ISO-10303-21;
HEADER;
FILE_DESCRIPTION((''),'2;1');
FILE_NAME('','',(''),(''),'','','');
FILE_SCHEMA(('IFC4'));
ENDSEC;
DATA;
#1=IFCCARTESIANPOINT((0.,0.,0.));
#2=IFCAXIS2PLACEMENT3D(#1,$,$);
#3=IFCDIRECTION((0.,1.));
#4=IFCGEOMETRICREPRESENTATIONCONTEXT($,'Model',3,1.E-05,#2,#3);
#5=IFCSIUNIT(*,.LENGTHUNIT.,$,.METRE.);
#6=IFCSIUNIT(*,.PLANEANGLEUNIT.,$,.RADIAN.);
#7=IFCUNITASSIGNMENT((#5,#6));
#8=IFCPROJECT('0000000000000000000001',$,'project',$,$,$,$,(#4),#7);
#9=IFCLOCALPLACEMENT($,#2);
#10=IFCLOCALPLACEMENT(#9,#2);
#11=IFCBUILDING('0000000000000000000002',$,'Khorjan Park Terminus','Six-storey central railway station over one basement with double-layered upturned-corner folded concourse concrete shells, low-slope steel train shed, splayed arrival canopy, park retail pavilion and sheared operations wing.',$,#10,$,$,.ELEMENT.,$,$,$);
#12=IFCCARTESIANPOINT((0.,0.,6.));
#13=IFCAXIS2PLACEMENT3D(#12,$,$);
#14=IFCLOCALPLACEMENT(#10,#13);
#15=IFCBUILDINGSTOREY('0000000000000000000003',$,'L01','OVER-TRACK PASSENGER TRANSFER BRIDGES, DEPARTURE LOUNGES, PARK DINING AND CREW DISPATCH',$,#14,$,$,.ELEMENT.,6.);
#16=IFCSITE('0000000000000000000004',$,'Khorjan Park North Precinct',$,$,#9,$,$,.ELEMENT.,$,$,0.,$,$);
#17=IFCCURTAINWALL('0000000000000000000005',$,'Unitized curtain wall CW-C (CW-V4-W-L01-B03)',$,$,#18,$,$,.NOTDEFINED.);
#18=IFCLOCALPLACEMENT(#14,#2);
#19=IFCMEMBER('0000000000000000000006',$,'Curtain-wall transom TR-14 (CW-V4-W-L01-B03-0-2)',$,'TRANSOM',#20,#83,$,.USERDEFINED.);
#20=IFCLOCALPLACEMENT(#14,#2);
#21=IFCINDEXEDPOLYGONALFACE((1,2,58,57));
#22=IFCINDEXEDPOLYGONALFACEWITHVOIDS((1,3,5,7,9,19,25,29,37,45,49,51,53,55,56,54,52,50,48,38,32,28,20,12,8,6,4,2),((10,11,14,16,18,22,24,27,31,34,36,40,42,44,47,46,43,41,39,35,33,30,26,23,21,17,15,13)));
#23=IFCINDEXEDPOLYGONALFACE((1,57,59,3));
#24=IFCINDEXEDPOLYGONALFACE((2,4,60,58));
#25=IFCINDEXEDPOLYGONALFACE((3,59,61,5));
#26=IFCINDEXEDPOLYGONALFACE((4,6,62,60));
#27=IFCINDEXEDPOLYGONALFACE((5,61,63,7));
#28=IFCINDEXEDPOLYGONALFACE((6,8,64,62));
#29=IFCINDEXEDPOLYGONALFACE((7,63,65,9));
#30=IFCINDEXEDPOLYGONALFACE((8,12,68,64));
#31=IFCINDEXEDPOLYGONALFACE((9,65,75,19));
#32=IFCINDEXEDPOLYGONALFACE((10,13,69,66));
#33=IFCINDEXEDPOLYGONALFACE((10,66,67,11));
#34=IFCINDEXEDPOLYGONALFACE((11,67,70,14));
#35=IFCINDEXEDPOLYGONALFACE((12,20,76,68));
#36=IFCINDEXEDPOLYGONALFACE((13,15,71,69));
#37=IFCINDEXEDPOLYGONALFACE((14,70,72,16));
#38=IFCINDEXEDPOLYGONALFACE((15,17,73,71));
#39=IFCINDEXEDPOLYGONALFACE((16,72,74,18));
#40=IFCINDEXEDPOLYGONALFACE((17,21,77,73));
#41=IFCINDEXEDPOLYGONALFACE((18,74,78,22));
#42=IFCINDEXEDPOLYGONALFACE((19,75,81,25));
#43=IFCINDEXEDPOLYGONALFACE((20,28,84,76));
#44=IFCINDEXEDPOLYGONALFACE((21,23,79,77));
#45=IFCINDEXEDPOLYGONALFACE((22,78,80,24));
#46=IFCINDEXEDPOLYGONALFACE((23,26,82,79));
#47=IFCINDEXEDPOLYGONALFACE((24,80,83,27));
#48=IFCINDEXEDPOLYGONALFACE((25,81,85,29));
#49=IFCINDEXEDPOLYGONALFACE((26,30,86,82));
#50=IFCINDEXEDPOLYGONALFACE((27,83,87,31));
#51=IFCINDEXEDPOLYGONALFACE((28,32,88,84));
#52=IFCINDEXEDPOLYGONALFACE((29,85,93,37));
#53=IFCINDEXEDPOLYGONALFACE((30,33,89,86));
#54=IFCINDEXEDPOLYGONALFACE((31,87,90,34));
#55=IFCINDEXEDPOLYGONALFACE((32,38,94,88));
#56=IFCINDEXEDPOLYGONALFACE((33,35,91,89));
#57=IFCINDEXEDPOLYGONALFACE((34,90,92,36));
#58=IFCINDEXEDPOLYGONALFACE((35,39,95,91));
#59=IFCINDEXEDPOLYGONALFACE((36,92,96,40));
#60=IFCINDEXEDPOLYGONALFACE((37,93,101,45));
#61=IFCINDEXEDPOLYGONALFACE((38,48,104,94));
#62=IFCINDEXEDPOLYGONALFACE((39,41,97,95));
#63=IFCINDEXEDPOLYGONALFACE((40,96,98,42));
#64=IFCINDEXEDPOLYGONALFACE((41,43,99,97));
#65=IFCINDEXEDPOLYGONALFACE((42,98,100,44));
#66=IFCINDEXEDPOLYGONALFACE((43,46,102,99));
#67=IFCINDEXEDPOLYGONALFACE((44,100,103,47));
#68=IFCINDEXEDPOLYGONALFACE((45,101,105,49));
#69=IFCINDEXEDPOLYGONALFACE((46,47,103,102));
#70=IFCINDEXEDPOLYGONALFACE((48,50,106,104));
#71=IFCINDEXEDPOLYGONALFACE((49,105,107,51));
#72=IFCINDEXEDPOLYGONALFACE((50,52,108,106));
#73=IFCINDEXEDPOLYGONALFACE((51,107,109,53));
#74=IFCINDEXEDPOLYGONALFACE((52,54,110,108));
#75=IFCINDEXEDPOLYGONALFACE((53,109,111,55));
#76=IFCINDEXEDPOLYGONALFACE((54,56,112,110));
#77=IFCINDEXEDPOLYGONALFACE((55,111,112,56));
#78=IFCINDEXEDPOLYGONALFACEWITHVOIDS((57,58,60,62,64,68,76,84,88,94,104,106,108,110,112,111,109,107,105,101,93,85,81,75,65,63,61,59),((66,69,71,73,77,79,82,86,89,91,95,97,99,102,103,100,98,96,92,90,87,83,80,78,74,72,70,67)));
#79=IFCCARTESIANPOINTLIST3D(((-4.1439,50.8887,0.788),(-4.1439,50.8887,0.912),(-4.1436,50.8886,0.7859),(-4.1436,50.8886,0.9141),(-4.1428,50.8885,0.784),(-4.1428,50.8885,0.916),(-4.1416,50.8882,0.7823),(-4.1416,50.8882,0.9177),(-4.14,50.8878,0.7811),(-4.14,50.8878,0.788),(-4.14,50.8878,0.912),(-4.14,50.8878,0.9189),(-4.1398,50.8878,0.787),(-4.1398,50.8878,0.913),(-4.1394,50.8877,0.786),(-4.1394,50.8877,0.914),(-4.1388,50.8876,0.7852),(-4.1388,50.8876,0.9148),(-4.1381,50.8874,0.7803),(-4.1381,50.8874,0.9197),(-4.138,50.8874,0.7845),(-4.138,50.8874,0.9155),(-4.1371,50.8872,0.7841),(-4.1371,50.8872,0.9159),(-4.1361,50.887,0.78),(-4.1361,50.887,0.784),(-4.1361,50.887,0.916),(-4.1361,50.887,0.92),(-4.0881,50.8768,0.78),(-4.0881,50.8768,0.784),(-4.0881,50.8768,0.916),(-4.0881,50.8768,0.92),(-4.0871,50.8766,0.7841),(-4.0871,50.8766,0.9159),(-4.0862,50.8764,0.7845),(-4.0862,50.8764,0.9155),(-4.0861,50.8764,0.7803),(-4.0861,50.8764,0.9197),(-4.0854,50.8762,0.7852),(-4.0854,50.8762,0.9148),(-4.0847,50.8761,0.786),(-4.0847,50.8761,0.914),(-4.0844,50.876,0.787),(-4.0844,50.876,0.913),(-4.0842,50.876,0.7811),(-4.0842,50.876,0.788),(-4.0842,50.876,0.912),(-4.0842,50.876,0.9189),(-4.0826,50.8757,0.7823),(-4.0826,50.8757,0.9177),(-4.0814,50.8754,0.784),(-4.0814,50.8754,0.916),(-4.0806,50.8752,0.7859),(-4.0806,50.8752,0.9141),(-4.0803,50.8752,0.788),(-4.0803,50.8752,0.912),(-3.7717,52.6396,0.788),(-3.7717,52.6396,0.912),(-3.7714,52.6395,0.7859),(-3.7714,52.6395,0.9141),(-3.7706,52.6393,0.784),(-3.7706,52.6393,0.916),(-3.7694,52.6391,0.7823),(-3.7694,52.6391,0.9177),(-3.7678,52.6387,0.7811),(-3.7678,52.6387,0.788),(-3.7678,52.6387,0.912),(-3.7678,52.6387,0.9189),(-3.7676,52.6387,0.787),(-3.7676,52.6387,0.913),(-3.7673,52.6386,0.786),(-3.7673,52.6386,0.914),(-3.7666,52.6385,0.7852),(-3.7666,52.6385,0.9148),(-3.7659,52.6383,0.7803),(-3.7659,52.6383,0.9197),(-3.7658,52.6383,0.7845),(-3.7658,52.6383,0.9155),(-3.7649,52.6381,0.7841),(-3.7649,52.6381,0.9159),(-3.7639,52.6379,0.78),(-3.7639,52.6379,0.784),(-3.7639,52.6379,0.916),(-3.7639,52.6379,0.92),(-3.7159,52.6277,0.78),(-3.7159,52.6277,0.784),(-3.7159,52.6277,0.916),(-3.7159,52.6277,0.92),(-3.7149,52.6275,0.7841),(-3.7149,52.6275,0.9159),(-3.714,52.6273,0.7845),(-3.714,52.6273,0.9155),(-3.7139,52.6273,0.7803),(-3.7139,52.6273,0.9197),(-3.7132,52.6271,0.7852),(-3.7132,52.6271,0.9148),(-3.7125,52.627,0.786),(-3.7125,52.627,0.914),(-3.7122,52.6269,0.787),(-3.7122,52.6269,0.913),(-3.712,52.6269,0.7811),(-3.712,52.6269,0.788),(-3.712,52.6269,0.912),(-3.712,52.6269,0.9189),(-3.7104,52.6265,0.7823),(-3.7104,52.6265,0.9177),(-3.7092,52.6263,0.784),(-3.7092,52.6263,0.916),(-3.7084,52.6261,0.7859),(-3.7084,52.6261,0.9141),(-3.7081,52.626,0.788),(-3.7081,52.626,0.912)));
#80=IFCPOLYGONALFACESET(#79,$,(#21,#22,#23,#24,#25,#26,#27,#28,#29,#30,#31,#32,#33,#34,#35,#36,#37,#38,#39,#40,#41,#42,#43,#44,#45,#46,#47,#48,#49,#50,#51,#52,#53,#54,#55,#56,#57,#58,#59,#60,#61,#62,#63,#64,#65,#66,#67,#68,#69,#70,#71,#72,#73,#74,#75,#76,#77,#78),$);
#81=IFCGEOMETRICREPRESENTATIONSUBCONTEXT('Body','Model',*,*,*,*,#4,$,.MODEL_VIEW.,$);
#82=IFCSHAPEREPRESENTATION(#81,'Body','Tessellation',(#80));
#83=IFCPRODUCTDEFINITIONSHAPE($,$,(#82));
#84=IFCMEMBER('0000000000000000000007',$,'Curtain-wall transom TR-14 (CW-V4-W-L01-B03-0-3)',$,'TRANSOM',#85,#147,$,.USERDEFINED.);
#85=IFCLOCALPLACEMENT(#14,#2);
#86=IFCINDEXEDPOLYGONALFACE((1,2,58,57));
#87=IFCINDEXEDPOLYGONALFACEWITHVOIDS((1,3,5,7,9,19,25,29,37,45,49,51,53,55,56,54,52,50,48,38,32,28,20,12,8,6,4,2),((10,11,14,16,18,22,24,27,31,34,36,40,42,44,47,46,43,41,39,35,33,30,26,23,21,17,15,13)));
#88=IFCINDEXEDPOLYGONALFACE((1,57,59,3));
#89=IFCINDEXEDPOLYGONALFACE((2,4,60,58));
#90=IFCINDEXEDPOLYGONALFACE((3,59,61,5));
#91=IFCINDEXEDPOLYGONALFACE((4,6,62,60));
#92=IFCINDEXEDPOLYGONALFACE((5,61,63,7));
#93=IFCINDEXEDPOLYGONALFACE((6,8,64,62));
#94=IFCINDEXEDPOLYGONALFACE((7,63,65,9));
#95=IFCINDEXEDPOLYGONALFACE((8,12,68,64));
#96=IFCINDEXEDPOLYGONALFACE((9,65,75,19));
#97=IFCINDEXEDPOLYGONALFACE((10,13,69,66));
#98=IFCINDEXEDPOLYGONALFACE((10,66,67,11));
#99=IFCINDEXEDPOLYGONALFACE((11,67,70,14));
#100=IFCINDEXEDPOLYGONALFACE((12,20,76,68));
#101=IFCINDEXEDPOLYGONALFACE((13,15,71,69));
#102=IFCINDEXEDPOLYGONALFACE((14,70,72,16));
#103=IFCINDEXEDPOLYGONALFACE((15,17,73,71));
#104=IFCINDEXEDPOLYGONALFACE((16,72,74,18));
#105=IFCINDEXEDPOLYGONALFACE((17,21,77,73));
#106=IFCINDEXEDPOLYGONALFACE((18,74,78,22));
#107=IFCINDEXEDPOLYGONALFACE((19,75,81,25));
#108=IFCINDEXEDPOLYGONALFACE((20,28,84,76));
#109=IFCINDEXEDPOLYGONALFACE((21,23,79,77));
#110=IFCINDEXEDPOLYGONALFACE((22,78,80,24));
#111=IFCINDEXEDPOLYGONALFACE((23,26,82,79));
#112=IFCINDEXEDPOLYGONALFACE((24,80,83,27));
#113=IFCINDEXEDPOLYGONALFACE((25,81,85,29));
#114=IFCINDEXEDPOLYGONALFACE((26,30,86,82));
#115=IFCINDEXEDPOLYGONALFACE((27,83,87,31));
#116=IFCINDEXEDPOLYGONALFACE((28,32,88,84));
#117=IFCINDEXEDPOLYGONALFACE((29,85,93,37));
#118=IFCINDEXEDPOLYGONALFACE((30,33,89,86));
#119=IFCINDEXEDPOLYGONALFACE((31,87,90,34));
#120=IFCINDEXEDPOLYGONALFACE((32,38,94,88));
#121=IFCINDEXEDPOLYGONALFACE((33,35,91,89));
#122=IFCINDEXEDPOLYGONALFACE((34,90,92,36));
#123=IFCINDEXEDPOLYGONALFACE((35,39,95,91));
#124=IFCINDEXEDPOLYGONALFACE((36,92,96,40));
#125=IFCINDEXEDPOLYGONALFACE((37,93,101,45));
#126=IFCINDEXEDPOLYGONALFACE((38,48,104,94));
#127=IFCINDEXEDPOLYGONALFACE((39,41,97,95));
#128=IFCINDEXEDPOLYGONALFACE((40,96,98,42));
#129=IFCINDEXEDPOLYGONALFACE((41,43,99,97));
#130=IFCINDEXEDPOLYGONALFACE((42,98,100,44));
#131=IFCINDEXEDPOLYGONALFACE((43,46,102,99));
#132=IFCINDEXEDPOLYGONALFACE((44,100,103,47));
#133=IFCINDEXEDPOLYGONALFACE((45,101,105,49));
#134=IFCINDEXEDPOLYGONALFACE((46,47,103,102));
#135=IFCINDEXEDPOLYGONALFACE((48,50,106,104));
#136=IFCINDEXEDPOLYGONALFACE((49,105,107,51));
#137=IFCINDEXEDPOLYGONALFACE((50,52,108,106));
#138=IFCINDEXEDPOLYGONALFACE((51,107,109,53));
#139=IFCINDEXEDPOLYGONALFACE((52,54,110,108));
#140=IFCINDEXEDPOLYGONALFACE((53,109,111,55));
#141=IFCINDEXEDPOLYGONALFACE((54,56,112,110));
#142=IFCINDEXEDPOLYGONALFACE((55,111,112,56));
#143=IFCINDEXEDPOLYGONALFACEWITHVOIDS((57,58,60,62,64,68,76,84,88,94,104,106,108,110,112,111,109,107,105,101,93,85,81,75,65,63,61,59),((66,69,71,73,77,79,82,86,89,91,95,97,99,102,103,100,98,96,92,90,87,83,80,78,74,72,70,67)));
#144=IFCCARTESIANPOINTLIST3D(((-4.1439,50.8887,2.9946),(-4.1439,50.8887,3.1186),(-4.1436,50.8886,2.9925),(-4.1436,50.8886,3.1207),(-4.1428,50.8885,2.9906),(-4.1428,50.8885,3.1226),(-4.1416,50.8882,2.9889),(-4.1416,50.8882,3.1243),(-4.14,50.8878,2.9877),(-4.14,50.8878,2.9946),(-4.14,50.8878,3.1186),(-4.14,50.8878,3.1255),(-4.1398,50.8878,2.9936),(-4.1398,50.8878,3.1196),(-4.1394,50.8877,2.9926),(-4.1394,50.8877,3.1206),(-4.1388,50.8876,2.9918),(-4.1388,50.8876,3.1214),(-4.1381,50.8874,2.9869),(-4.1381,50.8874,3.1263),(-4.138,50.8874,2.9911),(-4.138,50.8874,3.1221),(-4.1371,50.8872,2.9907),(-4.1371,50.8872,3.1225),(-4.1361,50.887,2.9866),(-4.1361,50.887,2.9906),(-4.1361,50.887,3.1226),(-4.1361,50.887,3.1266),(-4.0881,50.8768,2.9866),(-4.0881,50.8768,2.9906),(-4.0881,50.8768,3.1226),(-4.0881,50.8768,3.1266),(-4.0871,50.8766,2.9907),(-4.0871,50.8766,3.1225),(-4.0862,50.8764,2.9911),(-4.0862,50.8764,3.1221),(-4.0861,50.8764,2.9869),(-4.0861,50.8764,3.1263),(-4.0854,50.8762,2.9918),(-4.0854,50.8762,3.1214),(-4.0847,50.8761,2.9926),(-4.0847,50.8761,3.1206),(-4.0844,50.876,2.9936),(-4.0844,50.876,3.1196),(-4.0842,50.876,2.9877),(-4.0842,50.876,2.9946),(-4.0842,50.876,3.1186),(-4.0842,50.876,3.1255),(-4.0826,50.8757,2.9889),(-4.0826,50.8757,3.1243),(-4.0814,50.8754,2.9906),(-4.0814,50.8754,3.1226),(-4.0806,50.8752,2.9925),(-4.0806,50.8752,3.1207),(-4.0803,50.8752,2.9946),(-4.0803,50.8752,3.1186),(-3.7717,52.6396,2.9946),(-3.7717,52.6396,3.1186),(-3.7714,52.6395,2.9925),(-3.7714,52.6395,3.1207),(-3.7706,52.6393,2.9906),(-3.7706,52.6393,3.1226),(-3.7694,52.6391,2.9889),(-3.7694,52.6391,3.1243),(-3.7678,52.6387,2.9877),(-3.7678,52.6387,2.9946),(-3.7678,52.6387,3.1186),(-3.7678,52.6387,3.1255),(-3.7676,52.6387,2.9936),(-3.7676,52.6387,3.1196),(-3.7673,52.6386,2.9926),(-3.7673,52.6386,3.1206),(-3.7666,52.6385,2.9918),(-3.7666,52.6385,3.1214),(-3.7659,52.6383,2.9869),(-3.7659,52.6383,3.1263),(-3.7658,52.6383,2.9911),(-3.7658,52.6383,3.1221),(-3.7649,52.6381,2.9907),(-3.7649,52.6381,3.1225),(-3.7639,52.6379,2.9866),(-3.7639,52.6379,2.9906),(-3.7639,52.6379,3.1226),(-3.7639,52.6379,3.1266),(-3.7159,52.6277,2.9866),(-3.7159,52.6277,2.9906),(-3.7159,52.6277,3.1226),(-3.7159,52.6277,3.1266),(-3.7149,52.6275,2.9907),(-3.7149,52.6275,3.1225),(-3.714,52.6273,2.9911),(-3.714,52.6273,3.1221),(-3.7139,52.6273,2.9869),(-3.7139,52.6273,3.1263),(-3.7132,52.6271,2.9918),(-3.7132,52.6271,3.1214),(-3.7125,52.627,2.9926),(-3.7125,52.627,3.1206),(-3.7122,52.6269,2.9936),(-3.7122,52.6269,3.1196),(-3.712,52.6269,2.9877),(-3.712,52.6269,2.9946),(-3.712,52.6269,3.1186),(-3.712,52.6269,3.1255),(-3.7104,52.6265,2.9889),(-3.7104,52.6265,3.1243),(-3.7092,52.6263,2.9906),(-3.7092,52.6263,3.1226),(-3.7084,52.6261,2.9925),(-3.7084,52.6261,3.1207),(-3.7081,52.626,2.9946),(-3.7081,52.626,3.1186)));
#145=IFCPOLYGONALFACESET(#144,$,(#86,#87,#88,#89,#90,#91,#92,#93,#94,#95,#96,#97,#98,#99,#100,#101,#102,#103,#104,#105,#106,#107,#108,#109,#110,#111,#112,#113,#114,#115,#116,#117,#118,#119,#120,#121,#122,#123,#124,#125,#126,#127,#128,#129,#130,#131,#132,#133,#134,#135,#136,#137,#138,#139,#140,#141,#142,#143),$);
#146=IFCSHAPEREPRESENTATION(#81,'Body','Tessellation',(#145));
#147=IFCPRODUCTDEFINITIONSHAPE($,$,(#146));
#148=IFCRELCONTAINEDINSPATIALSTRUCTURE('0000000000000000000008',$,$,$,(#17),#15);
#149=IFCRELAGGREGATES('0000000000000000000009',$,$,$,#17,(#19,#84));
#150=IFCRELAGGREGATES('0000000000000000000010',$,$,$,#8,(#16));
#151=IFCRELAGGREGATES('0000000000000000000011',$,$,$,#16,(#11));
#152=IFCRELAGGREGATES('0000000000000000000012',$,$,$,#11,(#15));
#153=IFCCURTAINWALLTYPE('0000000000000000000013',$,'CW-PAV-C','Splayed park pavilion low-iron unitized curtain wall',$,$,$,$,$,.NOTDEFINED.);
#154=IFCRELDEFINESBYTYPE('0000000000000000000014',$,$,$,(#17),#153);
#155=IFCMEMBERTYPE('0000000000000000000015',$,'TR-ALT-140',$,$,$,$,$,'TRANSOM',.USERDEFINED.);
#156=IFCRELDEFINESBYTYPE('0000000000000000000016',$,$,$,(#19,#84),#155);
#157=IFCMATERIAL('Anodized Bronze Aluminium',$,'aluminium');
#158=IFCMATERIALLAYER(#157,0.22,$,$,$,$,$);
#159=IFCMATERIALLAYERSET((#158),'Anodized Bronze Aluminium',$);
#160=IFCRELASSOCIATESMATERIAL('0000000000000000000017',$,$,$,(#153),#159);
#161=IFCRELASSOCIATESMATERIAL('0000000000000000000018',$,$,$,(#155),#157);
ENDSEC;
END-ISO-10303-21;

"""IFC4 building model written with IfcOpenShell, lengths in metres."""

from ifc_helpers import new_model, si_unit, direction, frame, origin, origin_2d, place, context, subcontext, project, spatial, hollow_rectangle, extrude, material, layer, layer_set, material_profile, profile_set, type_object, element, aggregate, save


model = new_model("IFC4")

# Units and contexts
model_context = context("Model", 3, precision=1e-05, world=origin(), true_north=direction((0.0, 1.0)))
body_context = subcontext(model_context, "Body", "Model", "MODEL_VIEW")
ifc_project = project(units=[si_unit("LENGTHUNIT", "METRE"), si_unit("PLANEANGLEUNIT", "RADIAN")], contexts=[model_context])

# Site, building, storey
site_placement = place(None, origin())
site = spatial("IfcSite", under=ifc_project, at=site_placement, Name="Khorjan Park North Precinct", CompositionType="ELEMENT", RefElevation=0.0)
building_placement = place(site_placement, origin())
building = spatial("IfcBuilding", under=site, at=building_placement, Name="Khorjan Park Terminus", Description="Six-storey central railway station over one basement with double-layered upturned-corner folded concourse concrete shells, low-slope steel train shed, splayed arrival canopy, park retail pavilion and sheared operations wing.", CompositionType="ELEMENT")
storey_placement = place(building_placement, frame((0.0, 0.0, 6.0)))
storey = spatial("IfcBuildingStorey", under=building, at=storey_placement, Name="L01", Description="OVER-TRACK PASSENGER TRANSFER BRIDGES, DEPARTURE LOUNGES, PARK DINING AND CREW DISPATCH", CompositionType="ELEMENT", Elevation=6.0)

# Shared definitions
ifc_material_1 = material(Name="Anodized Bronze Aluminium", Category="aluminium")
ifc_layer_1 = layer(ifc_material_1, 0.22)
ifc_layer_set_1 = layer_set([ifc_layer_1], Name="Anodized Bronze Aluminium")
curtain_wall_type = type_object("IfcCurtainWallType", Name="CW-PAV-C", Description="Splayed park pavilion low-iron unitized curtain wall", PredefinedType="NOTDEFINED", material=ifc_layer_set_1)

# Curtain wall, members
curtain_wall_1_placement = place(storey_placement, origin())
curtain_wall_1 = element("IfcCurtainWall", 1, at=curtain_wall_1_placement, inside=storey, type_object=curtain_wall_type, Name="Unitized curtain wall CW-C (CW-V4-W-L01-B03)", PredefinedType="NOTDEFINED")
ifc_material_profile_1 = material_profile(ifc_material_1, hollow_rectangle(XDim=0.065, YDim=0.14, WallThickness=0.004, InnerFilletRadius=0.004, OuterFilletRadius=0.008, at=origin_2d()), Name="ALT 65x140x4")
ifc_profile_set_1 = profile_set([ifc_material_profile_1], Name="Anodized Bronze Aluminium")
member_type_1 = type_object("IfcMemberType", Name="TR-ALT-140", ElementType="TRANSOM", PredefinedType="USERDEFINED", material=ifc_profile_set_1)
member_1_placement = place(storey_placement, frame((-3.7399, 52.6328, 0.85), z_axis=(-0.20793, -0.978144, 0.0), x_axis=(0.978144, -0.20793, 0.0)))
member_1 = element("IfcMember", 2, at=member_1_placement, type_object=member_type_1, Name="Curtain-wall transom TR-14 (CW-V4-W-L01-B03-0-2)", ObjectType="TRANSOM", PredefinedType="USERDEFINED", context=body_context, shape_type="SweptSolid", body=[
    extrude(hollow_rectangle(XDim=0.065, YDim=0.14, WallThickness=0.004, InnerFilletRadius=0.004, OuterFilletRadius=0.008, at=origin_2d()), origin(), (0.0, 0.0, 1.0), 1.79),
])
member_2_placement = place(storey_placement, frame((-3.7399, 52.6328, 3.0566), z_axis=(-0.20793, -0.978144, 0.0), x_axis=(0.978144, -0.20793, 0.0)))
member_2 = element("IfcMember", 3, at=member_2_placement, type_object=member_type_1, Name="Curtain-wall transom TR-14 (CW-V4-W-L01-B03-0-3)", ObjectType="TRANSOM", PredefinedType="USERDEFINED", context=body_context, shape_type="SweptSolid", body=[
    extrude(hollow_rectangle(XDim=0.065, YDim=0.14, WallThickness=0.004, InnerFilletRadius=0.004, OuterFilletRadius=0.008, at=origin_2d()), origin(), (0.0, 0.0, 1.0), 1.79),
])

aggregate(curtain_wall_1, [member_1, member_2])

save(model, "model.ifc")
